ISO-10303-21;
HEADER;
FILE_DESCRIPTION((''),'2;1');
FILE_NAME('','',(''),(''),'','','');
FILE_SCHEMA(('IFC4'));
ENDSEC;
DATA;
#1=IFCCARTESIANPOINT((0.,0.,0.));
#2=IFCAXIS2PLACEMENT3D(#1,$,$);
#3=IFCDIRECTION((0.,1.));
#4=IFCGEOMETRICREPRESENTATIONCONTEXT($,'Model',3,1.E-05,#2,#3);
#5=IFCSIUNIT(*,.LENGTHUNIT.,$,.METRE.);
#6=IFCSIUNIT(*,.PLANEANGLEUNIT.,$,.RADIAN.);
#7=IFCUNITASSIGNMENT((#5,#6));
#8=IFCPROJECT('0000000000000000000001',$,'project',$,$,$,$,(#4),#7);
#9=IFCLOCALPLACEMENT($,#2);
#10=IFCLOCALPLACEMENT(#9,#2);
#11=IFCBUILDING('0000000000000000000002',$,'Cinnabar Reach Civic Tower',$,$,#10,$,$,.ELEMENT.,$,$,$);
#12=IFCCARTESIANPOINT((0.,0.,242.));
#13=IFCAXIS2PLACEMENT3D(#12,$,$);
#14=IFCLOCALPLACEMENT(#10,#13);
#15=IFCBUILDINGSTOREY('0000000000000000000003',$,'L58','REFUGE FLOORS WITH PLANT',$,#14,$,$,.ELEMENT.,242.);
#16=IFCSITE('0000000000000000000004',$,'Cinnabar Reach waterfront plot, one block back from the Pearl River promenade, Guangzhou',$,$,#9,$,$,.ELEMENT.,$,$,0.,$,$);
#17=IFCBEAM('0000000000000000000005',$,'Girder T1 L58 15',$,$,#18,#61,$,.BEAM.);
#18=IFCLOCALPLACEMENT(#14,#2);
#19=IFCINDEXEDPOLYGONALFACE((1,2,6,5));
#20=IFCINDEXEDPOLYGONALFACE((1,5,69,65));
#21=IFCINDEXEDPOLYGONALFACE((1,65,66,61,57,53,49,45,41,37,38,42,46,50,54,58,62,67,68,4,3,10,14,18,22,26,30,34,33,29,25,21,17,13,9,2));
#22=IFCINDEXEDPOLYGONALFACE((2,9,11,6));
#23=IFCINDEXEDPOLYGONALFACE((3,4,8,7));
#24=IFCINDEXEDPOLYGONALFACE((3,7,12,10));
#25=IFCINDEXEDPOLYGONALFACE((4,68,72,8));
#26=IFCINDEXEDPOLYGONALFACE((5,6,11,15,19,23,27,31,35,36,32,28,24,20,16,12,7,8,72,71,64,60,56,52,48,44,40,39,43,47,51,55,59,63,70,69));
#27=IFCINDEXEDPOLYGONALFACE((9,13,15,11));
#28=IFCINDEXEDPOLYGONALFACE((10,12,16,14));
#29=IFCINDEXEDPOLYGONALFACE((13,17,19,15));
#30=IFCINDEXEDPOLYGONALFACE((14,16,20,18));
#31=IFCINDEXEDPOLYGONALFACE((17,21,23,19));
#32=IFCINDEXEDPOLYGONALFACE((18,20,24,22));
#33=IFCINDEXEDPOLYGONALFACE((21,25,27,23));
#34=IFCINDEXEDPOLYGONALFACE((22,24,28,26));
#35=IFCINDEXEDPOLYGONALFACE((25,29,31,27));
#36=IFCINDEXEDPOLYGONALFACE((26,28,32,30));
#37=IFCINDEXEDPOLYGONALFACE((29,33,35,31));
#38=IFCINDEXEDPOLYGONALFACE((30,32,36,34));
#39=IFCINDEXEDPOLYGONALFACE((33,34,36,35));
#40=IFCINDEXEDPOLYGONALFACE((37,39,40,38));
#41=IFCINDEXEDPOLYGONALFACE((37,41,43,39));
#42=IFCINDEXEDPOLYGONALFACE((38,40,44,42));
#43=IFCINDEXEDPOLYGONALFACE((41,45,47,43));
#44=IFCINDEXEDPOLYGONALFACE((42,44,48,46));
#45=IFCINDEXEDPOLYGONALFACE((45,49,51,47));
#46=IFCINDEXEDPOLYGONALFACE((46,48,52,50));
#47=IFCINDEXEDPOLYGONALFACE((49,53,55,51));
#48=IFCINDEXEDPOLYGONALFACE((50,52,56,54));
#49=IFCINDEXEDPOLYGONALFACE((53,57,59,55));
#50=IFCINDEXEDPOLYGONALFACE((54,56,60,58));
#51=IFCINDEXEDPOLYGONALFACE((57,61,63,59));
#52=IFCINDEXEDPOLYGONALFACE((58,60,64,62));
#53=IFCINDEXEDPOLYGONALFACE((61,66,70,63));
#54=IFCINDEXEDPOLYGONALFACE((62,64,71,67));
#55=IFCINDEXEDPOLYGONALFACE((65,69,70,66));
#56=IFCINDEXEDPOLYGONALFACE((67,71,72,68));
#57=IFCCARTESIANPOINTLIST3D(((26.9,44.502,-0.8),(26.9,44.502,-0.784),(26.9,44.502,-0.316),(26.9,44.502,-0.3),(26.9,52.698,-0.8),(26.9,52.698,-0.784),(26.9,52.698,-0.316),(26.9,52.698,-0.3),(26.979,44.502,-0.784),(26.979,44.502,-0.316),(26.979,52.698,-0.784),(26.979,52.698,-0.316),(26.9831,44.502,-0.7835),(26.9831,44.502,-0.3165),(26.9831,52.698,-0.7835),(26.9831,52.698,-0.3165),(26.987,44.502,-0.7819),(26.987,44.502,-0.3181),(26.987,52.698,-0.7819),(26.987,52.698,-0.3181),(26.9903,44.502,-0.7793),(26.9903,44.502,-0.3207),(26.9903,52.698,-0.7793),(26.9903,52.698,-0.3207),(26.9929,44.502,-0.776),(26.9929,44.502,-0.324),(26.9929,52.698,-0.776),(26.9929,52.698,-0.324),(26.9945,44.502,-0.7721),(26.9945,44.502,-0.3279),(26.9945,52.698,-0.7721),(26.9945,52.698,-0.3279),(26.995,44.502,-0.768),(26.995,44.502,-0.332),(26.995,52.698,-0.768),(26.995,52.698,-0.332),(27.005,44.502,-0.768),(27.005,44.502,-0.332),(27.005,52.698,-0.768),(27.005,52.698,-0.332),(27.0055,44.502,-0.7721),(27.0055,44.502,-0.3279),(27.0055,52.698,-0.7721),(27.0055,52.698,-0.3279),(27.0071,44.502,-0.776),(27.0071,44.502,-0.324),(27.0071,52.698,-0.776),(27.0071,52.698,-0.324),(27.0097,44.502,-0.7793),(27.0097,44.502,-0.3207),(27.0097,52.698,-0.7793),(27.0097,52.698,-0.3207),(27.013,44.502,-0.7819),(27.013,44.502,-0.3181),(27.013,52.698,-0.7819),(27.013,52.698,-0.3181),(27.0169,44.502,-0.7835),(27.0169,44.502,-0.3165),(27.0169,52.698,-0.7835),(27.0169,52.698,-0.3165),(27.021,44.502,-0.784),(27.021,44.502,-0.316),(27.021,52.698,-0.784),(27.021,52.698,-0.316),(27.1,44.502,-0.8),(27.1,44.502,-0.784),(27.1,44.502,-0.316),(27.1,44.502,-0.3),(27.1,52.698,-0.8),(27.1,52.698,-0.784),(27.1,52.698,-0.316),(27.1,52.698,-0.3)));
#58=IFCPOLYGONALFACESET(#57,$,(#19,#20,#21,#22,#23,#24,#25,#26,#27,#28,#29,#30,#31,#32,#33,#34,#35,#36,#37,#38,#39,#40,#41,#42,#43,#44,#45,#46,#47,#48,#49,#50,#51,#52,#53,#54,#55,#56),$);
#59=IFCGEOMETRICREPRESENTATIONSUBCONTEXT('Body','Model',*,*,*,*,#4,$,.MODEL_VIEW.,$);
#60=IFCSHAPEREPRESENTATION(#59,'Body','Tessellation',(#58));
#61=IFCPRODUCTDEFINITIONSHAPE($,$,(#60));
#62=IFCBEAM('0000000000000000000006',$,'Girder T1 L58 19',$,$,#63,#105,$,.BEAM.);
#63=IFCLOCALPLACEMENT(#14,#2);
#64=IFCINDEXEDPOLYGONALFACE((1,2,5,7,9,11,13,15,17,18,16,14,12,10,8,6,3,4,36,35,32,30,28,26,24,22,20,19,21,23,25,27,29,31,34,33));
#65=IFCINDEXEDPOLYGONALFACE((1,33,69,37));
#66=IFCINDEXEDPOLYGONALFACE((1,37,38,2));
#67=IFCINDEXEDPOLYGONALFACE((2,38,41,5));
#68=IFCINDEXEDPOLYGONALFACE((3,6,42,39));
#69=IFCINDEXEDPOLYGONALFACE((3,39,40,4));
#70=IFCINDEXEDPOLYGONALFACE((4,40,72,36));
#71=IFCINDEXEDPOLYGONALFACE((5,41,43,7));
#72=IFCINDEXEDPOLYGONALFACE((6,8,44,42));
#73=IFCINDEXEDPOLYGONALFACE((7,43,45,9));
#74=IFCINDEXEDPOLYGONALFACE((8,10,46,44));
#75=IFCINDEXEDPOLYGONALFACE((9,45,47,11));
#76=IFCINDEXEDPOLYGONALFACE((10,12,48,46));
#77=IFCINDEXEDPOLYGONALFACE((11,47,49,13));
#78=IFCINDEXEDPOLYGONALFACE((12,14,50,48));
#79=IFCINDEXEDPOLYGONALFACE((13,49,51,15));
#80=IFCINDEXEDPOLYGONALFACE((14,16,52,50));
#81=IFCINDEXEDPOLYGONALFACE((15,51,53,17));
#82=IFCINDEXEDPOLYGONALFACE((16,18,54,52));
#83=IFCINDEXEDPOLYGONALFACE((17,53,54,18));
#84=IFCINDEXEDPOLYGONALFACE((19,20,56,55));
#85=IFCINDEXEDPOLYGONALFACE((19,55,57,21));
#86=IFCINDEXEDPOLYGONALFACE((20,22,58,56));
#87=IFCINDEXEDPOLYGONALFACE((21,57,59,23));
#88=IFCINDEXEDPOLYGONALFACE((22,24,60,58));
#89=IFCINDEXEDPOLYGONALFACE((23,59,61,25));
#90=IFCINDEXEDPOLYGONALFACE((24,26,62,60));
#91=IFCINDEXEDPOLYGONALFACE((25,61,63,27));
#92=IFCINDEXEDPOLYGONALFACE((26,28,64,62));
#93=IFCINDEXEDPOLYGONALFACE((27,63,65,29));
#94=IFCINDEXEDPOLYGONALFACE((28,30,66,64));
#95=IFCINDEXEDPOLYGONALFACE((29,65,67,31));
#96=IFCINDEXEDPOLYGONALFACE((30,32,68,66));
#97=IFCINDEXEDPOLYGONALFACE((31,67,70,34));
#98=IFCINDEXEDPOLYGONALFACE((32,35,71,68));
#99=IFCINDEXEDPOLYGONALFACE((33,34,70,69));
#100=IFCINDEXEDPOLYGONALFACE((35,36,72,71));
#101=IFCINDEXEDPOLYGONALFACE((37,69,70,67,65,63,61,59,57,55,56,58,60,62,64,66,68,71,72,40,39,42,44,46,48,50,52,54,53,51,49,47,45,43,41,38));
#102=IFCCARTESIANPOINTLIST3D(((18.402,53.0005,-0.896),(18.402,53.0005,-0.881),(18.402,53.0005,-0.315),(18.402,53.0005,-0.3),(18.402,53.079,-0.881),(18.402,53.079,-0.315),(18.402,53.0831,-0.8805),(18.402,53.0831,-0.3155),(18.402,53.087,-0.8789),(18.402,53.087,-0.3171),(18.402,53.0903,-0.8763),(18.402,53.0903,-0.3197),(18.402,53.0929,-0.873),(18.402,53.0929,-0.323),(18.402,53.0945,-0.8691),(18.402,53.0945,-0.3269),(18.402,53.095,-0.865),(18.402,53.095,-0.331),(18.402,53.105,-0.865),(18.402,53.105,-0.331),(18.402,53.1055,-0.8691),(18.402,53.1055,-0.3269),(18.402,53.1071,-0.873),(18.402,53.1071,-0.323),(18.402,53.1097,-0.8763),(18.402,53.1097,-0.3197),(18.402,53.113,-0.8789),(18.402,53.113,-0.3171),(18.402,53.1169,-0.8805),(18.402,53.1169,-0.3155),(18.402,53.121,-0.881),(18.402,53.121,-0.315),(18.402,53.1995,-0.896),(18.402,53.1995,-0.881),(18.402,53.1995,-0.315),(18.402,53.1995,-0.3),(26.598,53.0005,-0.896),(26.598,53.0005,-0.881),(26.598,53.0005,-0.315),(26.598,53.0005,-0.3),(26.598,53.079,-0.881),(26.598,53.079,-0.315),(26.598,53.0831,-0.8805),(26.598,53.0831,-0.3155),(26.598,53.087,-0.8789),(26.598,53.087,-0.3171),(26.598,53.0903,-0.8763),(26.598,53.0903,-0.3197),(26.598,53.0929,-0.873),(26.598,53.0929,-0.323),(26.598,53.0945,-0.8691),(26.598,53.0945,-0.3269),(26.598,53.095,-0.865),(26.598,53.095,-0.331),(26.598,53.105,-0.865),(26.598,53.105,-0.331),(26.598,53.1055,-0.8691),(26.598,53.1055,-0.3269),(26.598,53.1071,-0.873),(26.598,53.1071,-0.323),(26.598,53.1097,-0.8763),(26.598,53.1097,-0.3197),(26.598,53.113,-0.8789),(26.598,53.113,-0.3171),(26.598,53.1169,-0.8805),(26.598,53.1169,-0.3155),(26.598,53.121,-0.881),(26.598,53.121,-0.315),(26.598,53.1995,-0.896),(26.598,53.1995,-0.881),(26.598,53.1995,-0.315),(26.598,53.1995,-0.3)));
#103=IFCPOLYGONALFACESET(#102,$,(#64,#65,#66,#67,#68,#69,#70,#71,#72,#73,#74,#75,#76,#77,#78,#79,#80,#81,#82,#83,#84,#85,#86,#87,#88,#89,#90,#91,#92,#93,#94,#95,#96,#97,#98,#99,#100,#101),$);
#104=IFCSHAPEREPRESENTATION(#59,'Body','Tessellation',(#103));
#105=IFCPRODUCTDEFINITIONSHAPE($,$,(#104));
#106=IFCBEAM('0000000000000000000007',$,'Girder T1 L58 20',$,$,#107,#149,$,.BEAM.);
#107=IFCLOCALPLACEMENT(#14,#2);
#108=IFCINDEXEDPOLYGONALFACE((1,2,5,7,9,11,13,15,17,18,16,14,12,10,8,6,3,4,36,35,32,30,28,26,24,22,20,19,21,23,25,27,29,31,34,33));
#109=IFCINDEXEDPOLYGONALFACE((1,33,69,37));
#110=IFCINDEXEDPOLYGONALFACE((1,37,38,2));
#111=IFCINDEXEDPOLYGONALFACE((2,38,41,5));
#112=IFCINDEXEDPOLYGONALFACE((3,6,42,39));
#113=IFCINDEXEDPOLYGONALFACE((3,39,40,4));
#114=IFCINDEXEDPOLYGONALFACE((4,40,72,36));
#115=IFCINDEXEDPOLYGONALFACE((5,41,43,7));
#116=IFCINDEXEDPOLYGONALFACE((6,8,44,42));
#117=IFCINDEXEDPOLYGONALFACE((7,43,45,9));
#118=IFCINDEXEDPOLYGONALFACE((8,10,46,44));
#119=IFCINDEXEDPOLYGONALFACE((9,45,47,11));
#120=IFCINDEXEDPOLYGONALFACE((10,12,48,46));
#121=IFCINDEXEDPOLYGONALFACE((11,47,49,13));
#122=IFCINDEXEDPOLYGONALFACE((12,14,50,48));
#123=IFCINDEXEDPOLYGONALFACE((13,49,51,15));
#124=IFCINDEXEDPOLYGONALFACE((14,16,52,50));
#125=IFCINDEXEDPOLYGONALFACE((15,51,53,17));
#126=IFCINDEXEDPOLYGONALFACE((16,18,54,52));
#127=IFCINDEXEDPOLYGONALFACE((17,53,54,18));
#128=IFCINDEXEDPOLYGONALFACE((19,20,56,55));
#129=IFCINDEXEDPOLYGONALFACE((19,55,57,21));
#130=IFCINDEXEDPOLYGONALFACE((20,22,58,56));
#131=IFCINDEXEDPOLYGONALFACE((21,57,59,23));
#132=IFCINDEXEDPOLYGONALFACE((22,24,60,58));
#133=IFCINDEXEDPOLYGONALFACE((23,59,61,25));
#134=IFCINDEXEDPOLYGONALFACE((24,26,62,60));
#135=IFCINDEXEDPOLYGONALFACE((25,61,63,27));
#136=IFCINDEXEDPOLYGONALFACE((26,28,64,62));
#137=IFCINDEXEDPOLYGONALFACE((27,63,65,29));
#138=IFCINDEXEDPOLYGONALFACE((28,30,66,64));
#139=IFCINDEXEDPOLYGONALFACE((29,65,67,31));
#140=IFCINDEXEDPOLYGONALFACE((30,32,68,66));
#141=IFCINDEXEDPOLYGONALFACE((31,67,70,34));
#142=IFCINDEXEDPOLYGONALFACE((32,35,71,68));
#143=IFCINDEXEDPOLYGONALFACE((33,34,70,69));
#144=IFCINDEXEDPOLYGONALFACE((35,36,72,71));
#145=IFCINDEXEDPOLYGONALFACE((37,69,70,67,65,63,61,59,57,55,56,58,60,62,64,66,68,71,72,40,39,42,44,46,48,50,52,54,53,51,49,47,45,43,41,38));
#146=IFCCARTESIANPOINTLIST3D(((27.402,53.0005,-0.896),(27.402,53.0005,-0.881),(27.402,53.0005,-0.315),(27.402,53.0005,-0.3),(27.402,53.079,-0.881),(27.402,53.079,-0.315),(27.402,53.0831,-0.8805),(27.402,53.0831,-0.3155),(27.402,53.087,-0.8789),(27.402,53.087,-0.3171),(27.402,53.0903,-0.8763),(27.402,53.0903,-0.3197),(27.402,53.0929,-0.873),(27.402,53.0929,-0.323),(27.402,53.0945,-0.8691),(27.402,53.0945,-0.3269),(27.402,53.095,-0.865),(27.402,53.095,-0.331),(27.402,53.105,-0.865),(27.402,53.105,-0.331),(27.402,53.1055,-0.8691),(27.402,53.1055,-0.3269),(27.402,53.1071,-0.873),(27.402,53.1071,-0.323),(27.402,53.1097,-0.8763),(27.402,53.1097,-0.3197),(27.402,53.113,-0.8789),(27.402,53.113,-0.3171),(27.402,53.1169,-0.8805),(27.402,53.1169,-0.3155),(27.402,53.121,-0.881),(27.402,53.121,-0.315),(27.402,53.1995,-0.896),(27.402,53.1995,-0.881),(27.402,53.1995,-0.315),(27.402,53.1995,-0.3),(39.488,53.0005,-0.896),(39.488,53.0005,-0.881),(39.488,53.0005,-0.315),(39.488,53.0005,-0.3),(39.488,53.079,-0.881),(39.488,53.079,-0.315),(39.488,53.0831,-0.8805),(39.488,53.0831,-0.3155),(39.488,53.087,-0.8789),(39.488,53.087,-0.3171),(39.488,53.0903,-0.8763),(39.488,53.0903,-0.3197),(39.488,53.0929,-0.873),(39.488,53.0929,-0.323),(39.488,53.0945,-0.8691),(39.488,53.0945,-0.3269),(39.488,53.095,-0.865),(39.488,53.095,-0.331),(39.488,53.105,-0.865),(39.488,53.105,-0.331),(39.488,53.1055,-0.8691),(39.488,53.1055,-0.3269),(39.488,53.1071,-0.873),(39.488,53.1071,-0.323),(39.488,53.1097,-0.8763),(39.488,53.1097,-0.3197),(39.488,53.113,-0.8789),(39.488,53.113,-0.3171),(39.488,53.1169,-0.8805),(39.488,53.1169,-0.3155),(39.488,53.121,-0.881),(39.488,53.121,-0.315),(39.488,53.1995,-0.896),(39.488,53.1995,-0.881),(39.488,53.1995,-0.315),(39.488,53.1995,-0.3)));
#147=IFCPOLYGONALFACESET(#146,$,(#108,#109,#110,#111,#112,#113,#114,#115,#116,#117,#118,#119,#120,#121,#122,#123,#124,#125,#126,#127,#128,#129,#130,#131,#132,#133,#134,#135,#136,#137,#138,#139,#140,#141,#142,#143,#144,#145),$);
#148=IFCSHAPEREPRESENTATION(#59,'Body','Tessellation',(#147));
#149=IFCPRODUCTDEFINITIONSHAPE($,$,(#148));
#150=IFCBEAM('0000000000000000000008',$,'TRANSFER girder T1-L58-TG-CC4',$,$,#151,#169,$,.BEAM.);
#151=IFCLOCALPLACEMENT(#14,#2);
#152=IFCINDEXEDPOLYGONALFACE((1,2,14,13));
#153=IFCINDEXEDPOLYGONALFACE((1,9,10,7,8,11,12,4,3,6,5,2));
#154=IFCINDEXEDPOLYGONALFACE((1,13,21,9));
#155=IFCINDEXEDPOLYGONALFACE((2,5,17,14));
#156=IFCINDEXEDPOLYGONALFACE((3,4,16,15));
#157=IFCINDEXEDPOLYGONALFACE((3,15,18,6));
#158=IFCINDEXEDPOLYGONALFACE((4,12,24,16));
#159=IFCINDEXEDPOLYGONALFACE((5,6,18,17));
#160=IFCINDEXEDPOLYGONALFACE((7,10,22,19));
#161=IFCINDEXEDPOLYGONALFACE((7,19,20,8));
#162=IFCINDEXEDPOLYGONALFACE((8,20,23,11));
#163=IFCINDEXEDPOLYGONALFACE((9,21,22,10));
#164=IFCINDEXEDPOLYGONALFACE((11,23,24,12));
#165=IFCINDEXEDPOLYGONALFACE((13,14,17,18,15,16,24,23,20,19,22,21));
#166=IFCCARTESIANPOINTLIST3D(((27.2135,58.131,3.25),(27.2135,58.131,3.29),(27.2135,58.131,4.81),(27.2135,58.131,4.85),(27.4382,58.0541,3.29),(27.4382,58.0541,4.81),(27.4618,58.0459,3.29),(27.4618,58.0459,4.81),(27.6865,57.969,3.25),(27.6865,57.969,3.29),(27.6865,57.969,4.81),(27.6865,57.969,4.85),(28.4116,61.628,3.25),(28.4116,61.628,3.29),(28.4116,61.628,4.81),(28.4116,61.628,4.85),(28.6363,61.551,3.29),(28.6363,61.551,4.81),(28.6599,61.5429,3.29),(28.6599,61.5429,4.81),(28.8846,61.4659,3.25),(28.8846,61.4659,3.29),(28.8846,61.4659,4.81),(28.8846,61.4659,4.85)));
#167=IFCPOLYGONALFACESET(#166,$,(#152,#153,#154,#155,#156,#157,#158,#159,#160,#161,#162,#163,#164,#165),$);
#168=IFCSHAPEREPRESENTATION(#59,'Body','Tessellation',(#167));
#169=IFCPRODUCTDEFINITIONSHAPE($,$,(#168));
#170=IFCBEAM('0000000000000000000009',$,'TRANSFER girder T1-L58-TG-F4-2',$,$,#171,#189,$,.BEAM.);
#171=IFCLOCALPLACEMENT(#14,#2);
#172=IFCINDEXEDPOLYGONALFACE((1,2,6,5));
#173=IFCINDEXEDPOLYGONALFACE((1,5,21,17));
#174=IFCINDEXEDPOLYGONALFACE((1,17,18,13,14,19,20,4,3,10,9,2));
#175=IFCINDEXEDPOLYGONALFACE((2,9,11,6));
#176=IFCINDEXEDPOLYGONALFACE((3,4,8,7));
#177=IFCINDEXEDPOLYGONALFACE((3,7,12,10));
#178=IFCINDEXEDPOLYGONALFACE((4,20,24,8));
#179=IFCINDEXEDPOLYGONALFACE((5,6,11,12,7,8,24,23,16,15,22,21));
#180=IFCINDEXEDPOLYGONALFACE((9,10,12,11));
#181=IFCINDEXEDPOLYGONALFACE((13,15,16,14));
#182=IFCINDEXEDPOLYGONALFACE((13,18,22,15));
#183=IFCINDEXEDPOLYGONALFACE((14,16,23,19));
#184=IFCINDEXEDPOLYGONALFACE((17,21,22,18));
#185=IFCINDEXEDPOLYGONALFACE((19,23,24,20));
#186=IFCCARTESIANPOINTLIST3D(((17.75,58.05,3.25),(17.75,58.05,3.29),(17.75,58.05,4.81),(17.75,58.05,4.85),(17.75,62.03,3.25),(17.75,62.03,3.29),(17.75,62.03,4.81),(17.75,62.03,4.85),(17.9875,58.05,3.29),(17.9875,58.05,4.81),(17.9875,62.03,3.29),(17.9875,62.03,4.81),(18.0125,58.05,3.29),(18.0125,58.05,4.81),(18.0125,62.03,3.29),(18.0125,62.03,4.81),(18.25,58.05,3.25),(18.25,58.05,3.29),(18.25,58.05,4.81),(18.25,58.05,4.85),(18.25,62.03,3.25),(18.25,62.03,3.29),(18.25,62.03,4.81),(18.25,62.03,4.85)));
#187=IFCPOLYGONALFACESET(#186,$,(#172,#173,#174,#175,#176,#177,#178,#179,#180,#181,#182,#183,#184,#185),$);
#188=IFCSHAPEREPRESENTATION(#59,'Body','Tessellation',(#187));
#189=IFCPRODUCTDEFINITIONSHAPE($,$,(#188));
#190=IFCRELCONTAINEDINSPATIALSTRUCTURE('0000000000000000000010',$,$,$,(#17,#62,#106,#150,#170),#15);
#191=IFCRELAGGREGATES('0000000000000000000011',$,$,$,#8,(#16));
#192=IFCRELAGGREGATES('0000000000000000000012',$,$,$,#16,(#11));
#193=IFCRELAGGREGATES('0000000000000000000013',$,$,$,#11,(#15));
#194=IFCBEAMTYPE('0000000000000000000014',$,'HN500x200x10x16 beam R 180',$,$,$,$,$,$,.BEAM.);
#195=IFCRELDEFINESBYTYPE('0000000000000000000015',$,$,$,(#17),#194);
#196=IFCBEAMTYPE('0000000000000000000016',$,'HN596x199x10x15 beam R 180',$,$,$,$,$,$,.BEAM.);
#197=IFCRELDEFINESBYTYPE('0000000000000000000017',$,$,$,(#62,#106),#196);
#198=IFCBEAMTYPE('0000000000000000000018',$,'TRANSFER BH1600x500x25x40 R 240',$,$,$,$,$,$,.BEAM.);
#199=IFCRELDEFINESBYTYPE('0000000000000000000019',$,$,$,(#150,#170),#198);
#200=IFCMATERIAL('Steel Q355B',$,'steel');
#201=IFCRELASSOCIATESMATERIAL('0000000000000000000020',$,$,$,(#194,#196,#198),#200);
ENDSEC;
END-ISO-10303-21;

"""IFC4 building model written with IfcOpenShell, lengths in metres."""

from ifc_helpers import new_model, si_unit, direction, frame, origin, origin_2d, place, context, subcontext, project, spatial, i_section, extrude, material, material_profile, profile_set, type_object, element, save


model = new_model("IFC4")

# Units and contexts
model_context = context("Model", 3, precision=1e-05, world=origin(), true_north=direction((0.0, 1.0)))
body_context = subcontext(model_context, "Body", "Model", "MODEL_VIEW")
ifc_project = project(units=[si_unit("LENGTHUNIT", "METRE"), si_unit("PLANEANGLEUNIT", "RADIAN")], contexts=[model_context])

# Site, building, storey
site_placement = place(None, origin())
site = spatial("IfcSite", under=ifc_project, at=site_placement, Name="Cinnabar Reach waterfront plot, one block back from the Pearl River promenade, Guangzhou", CompositionType="ELEMENT", RefElevation=0.0)
building_placement = place(site_placement, origin())
building = spatial("IfcBuilding", under=site, at=building_placement, Name="Cinnabar Reach Civic Tower", CompositionType="ELEMENT")
storey_placement = place(building_placement, frame((0.0, 0.0, 242.0)))
storey = spatial("IfcBuildingStorey", under=building, at=storey_placement, Name="L58", Description="REFUGE FLOORS WITH PLANT", CompositionType="ELEMENT", Elevation=242.0)

# Beams
ifc_material_1 = material(Name="Steel Q355B", Category="steel")
ifc_material_profile_1 = material_profile(ifc_material_1, i_section(OverallWidth=0.2, OverallDepth=0.5, WebThickness=0.01, FlangeThickness=0.016, FilletRadius=0.016, at=origin_2d()), Name="HN500x200x10x16")
ifc_profile_set_1 = profile_set([ifc_material_profile_1], Name="Steel Q355B")
beam_type_1 = type_object("IfcBeamType", Name="HN500x200x10x16 beam R 180", PredefinedType="BEAM", material=ifc_profile_set_1)
beam_1_placement = place(storey_placement, frame((27.0, 44.502, -0.55), z_axis=(0.0, 1.0, 0.0), x_axis=(-1.0, 0.0, 0.0)))
element("IfcBeam", 1, at=beam_1_placement, inside=storey, type_object=beam_type_1, Name="Girder T1 L58 15", PredefinedType="BEAM", context=body_context, shape_type="SweptSolid", body=[
    extrude(i_section(OverallWidth=0.2, OverallDepth=0.5, WebThickness=0.01, FlangeThickness=0.016, FilletRadius=0.016, at=origin_2d()), origin(), (0.0, 0.0, 1.0), 8.196),
])
ifc_material_profile_2 = material_profile(ifc_material_1, i_section(OverallWidth=0.199, OverallDepth=0.596, WebThickness=0.01, FlangeThickness=0.015, FilletRadius=0.016, at=origin_2d()), Name="HN596x199x10x15")
ifc_profile_set_2 = profile_set([ifc_material_profile_2], Name="Steel Q355B")
beam_type_2 = type_object("IfcBeamType", Name="HN596x199x10x15 beam R 180", PredefinedType="BEAM", material=ifc_profile_set_2)
beam_2_placement = place(storey_placement, frame((18.402, 53.1, -0.598), z_axis=(1.0, 0.0, 0.0), x_axis=(0.0, 1.0, 0.0)))
element("IfcBeam", 2, at=beam_2_placement, inside=storey, type_object=beam_type_2, Name="Girder T1 L58 19", PredefinedType="BEAM", context=body_context, shape_type="SweptSolid", body=[
    extrude(i_section(OverallWidth=0.199, OverallDepth=0.596, WebThickness=0.01, FlangeThickness=0.015, FilletRadius=0.016, at=origin_2d()), origin(), (0.0, 0.0, 1.0), 8.196),
])
beam_3_placement = place(storey_placement, frame((27.402, 53.1, -0.598), z_axis=(1.0, 0.0, 0.0), x_axis=(0.0, 1.0, 0.0)))
element("IfcBeam", 3, at=beam_3_placement, inside=storey, type_object=beam_type_2, Name="Girder T1 L58 20", PredefinedType="BEAM", context=body_context, shape_type="SweptSolid", body=[
    extrude(i_section(OverallWidth=0.199, OverallDepth=0.596, WebThickness=0.01, FlangeThickness=0.015, FilletRadius=0.016, at=origin_2d()), origin(), (0.0, 0.0, 1.0), 12.086),
])
ifc_material_profile_3 = material_profile(ifc_material_1, i_section(OverallWidth=0.5, OverallDepth=1.6, WebThickness=0.025, FlangeThickness=0.04, at=origin_2d()), Name="BH1600x500x25x40")
ifc_profile_set_3 = profile_set([ifc_material_profile_3], Name="Steel Q355B")
beam_type_3 = type_object("IfcBeamType", Name="TRANSFER BH1600x500x25x40 R 240", PredefinedType="BEAM", material=ifc_profile_set_3)
beam_4_placement = place(storey_placement, frame((27.45, 58.05, 4.05), z_axis=(0.324122, 0.946015, 0.0), x_axis=(-0.946015, 0.324122, 0.0)))
element("IfcBeam", 4, at=beam_4_placement, inside=storey, type_object=beam_type_3, Name="TRANSFER girder T1-L58-TG-CC4", PredefinedType="BEAM", context=body_context, shape_type="SweptSolid", body=[
    extrude(i_section(OverallWidth=0.5, OverallDepth=1.6, WebThickness=0.025, FlangeThickness=0.04, at=origin_2d()), origin(), (0.0, 0.0, 1.0), 3.6965),
])
beam_5_placement = place(storey_placement, frame((18.0, 58.05, 4.05), z_axis=(0.0, 1.0, 0.0), x_axis=(-1.0, 0.0, 0.0)))
element("IfcBeam", 5, at=beam_5_placement, inside=storey, type_object=beam_type_3, Name="TRANSFER girder T1-L58-TG-F4-2", PredefinedType="BEAM", context=body_context, shape_type="SweptSolid", body=[
    extrude(i_section(OverallWidth=0.5, OverallDepth=1.6, WebThickness=0.025, FlangeThickness=0.04, at=origin_2d()), origin(), (0.0, 0.0, 1.0), 3.98),
])

save(model, "model.ifc")
